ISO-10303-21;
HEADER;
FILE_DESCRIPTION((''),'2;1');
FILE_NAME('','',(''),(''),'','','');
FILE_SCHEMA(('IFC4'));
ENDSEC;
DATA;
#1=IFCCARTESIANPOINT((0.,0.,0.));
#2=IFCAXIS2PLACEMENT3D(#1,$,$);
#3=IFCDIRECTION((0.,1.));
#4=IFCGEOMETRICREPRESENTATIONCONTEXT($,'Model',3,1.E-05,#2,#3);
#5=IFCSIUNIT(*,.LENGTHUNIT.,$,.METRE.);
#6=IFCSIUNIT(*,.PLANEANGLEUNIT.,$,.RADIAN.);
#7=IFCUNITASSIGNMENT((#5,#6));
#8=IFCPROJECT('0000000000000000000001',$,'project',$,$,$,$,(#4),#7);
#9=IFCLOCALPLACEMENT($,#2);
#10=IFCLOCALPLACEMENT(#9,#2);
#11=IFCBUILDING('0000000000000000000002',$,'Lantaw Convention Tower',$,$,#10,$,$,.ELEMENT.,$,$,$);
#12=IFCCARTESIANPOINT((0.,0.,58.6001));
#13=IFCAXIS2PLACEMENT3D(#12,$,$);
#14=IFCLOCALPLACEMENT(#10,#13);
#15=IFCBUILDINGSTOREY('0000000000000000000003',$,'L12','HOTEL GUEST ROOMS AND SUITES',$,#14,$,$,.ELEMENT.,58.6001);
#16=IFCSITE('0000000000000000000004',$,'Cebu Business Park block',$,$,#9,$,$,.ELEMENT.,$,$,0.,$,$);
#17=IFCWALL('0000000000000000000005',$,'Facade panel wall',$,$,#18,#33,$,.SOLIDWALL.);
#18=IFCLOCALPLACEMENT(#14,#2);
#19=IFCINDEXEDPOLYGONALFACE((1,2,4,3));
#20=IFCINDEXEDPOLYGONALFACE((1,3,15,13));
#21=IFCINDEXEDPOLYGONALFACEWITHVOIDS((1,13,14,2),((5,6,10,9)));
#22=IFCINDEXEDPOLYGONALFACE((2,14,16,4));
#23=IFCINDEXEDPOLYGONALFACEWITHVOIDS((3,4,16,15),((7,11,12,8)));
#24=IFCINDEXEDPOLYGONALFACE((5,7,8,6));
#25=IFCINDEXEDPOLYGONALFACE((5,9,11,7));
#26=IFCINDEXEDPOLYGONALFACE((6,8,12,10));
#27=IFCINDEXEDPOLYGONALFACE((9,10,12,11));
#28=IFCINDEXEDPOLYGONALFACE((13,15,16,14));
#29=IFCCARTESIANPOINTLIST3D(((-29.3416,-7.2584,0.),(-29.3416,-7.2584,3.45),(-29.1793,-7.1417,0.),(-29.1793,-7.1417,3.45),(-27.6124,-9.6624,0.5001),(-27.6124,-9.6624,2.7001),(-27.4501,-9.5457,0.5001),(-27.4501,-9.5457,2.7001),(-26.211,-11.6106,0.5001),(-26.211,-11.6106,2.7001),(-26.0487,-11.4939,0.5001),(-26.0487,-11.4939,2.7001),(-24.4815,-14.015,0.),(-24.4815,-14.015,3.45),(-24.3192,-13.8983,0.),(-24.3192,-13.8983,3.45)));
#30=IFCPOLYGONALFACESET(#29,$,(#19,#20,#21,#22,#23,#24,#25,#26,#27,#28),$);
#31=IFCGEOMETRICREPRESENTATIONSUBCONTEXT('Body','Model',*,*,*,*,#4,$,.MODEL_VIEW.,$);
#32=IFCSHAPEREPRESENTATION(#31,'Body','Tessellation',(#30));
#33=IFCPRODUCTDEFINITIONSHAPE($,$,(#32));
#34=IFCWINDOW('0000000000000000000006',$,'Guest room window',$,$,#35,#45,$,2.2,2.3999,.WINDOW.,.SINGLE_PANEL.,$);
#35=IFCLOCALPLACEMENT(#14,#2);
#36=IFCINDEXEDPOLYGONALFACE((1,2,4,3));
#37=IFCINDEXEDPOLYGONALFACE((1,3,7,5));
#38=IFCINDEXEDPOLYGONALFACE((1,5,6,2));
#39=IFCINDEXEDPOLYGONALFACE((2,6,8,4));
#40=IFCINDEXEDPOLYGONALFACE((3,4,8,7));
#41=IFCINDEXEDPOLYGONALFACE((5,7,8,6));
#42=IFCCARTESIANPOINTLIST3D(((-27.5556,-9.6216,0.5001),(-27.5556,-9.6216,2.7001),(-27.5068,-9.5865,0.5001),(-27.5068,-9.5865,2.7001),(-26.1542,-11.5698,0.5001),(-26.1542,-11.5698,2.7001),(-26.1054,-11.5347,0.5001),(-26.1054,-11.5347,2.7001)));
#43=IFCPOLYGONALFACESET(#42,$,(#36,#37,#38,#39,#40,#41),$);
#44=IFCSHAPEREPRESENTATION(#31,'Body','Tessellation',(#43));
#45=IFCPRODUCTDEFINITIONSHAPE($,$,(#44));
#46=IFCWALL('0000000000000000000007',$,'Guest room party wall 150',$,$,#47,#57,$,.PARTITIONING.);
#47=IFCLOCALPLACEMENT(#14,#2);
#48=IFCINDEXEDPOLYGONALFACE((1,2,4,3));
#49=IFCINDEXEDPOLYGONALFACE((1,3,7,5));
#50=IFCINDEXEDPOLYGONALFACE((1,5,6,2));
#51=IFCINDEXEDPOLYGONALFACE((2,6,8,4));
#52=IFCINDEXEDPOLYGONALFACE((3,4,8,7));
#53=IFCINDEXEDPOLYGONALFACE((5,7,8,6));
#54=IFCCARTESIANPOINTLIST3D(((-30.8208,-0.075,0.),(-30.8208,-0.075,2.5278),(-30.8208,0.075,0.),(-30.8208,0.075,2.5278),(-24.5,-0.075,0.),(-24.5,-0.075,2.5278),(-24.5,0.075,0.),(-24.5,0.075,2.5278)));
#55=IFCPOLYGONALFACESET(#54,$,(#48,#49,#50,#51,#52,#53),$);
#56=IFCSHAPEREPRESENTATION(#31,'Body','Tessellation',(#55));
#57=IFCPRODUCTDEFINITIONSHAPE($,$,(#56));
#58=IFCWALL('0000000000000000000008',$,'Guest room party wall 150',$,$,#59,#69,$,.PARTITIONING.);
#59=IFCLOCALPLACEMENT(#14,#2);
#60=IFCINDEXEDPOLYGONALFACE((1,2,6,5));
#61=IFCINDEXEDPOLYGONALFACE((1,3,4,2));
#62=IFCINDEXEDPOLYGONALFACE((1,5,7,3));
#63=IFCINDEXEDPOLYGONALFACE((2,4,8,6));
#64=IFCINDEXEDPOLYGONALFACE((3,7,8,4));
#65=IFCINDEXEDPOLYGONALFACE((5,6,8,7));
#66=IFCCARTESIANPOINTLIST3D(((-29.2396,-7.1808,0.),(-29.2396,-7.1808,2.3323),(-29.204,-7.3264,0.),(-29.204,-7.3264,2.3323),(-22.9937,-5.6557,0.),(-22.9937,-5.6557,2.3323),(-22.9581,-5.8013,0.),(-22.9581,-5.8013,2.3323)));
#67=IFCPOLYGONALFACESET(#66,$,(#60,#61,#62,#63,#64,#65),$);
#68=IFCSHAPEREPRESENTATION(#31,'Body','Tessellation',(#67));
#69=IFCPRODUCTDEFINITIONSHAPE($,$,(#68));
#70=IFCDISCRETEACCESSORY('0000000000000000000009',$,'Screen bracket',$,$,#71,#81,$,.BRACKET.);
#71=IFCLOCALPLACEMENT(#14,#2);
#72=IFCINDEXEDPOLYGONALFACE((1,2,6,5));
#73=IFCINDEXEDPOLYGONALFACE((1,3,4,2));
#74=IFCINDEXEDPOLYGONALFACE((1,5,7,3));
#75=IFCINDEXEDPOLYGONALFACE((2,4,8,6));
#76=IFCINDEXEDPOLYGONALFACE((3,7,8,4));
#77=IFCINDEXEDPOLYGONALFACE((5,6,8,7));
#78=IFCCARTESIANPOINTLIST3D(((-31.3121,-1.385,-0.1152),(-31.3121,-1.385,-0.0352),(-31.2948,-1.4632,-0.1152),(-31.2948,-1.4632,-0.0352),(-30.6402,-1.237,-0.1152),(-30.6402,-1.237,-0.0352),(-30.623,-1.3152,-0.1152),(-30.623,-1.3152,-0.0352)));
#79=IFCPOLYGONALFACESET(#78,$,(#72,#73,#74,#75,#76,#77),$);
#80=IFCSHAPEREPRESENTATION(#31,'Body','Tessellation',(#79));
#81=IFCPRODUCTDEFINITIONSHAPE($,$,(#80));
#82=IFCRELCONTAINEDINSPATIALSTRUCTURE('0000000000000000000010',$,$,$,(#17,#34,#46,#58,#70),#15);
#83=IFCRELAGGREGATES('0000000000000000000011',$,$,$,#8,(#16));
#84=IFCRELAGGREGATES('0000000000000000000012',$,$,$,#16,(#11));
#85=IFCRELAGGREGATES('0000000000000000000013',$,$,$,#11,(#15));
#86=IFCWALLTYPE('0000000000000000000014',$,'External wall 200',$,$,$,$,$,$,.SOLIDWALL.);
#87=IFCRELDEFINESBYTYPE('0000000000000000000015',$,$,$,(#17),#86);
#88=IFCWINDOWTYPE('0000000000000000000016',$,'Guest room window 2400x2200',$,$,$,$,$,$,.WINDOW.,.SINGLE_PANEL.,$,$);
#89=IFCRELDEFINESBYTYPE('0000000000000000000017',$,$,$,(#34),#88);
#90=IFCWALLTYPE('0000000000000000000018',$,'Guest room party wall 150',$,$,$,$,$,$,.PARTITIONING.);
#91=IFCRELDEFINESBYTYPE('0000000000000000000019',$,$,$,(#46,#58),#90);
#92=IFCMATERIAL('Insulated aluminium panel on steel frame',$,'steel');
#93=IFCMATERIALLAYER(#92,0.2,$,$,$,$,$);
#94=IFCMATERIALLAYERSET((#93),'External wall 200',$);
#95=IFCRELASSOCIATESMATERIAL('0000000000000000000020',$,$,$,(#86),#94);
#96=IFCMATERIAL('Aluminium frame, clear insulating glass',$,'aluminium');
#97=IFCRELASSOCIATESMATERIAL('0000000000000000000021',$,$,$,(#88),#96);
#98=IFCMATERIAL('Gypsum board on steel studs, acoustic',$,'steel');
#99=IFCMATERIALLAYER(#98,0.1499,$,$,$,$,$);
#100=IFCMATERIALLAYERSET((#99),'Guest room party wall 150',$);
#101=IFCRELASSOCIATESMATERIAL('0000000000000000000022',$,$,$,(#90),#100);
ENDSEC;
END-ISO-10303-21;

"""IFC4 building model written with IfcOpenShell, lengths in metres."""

from ifc_helpers import new_model, si_unit, direction, frame, frame_2d, origin, origin_2d, place, context, subcontext, project, spatial, rectangle, extrude, material, layer, layer_set, type_object, element, fill, save


model = new_model("IFC4")

# Units and contexts
model_context = context("Model", 3, precision=1e-05, world=origin(), true_north=direction((0.0, 1.0)))
body_context = subcontext(model_context, "Body", "Model", "MODEL_VIEW")
ifc_project = project(units=[si_unit("LENGTHUNIT", "METRE"), si_unit("PLANEANGLEUNIT", "RADIAN")], contexts=[model_context])

# Site, building, storey
site_placement = place(None, origin())
site = spatial("IfcSite", under=ifc_project, at=site_placement, Name="Cebu Business Park block", CompositionType="ELEMENT", RefElevation=0.0)
building_placement = place(site_placement, origin())
building = spatial("IfcBuilding", under=site, at=building_placement, Name="Lantaw Convention Tower", CompositionType="ELEMENT")
storey_placement = place(building_placement, frame((0.0, 0.0, 58.6001)))
storey = spatial("IfcBuildingStorey", under=building, at=storey_placement, Name="L12", Description="HOTEL GUEST ROOMS AND SUITES", CompositionType="ELEMENT", Elevation=58.6001)

# Wall, opening, window
ifc_material_1 = material(Name="Insulated aluminium panel on steel frame", Category="steel")
ifc_layer_1 = layer(ifc_material_1, 0.2)
ifc_layer_set_1 = layer_set([ifc_layer_1], Name="External wall 200")
wall_type_1 = type_object("IfcWallType", Name="External wall 200", PredefinedType="SOLIDWALL", material=ifc_layer_set_1)
wall_1_placement = place(storey_placement, frame((-29.2605, -7.2, 0.0), z_axis=(0.0, 0.0, 1.0), x_axis=(0.583938, -0.811799, 0.0)))
wall_1 = element("IfcWall", 1, at=wall_1_placement, inside=storey, type_object=wall_type_1, Name="Facade panel wall", PredefinedType="SOLIDWALL", context=body_context, shape_type="SweptSolid", body=[
    extrude(rectangle(XDim=8.323, YDim=0.2, at=frame_2d((4.1616, 0.0))), origin(), (0.0, 0.0, 1.0), 3.45),
])
opening_1_placement = place(wall_1_placement, frame((2.9614, 0.0, 0.5)))
opening_1 = element("IfcOpeningElement", 2, at=opening_1_placement, cuts=wall_1, PredefinedType="OPENING", context=body_context, shape_type="SweptSolid", body=[
    extrude(rectangle(XDim=2.3999, YDim=2.2, at=frame_2d((1.2, 1.1001))), frame((0.0, 0.1099, 0.0), z_axis=(0.0, -1.0, 0.0), x_axis=(1.0, 0.0, 0.0)), (0.0, 0.0, 1.0), 0.22),
])
ifc_material_2 = material(Name="Aluminium frame, clear insulating glass", Category="aluminium")
window_type = type_object("IfcWindowType", Name="Guest room window 2400x2200", PartitioningType="SINGLE_PANEL", PredefinedType="WINDOW", material=ifc_material_2)
window_placement = place(opening_1_placement, origin())
window = element("IfcWindow", 3, at=window_placement, inside=storey, type_object=window_type, Name="Guest room window", OverallHeight=2.2, OverallWidth=2.3999, PartitioningType="SINGLE_PANEL", PredefinedType="WINDOW", context=body_context, shape_type="SweptSolid", body=[
    extrude(rectangle(XDim=2.3999, YDim=2.2, at=frame_2d((1.2, 1.1001))), frame((0.0, 0.03, 0.0), z_axis=(0.0, -1.0, 0.0), x_axis=(1.0, 0.0, 0.0)), (0.0, 0.0, 1.0), 0.0601),
])
fill(opening_1, window)

# Walls
ifc_material_3 = material(Name="Gypsum board on steel studs, acoustic", Category="steel")
ifc_layer_2 = layer(ifc_material_3, 0.1499)
ifc_layer_set_2 = layer_set([ifc_layer_2], Name="Guest room party wall 150")
wall_type_2 = type_object("IfcWallType", Name="Guest room party wall 150", PredefinedType="PARTITIONING", material=ifc_layer_set_2)
wall_2_placement = place(storey_placement, frame((-30.8208, 0.0, 0.0), z_axis=(0.0, 0.0, 1.0), x_axis=(1.0, 0.0, 0.0)))
element("IfcWall", 4, at=wall_2_placement, inside=storey, type_object=wall_type_2, Name="Guest room party wall 150", PredefinedType="PARTITIONING", context=body_context, shape_type="SweptSolid", body=[
    extrude(rectangle(XDim=6.3208, YDim=0.1499, at=frame_2d((3.1604, 0.0))), origin(), (0.0, 0.0, 1.0), 2.5278),
])
wall_3_placement = place(storey_placement, frame((-29.2219, -7.2537, 0.0), z_axis=(0.0, 0.0, 1.0), x_axis=(0.971457, 0.237216, 0.0)))
element("IfcWall", 5, at=wall_3_placement, inside=storey, type_object=wall_type_2, Name="Guest room party wall 150", PredefinedType="PARTITIONING", context=body_context, shape_type="SweptSolid", body=[
    extrude(rectangle(XDim=6.4294, YDim=0.1499, at=frame_2d((3.2148, 0.0))), origin(), (0.0, 0.0, 1.0), 2.3323),
])

# Discrete accessory
discrete_accessory_placement = place(storey_placement, frame((-30.9675, -1.3501, -0.1152), z_axis=(0.0, 0.0, 1.0), x_axis=(0.215246, -0.97656, 0.0)))
element("IfcDiscreteAccessory", 6, at=discrete_accessory_placement, inside=storey, Name="Screen bracket", PredefinedType="BRACKET", context=body_context, shape_type="SweptSolid", body=[
    extrude(rectangle(XDim=0.0801, YDim=0.688, at=origin_2d()), origin(), (0.0, 0.0, 1.0), 0.0801),
])

save(model, "model.ifc")
